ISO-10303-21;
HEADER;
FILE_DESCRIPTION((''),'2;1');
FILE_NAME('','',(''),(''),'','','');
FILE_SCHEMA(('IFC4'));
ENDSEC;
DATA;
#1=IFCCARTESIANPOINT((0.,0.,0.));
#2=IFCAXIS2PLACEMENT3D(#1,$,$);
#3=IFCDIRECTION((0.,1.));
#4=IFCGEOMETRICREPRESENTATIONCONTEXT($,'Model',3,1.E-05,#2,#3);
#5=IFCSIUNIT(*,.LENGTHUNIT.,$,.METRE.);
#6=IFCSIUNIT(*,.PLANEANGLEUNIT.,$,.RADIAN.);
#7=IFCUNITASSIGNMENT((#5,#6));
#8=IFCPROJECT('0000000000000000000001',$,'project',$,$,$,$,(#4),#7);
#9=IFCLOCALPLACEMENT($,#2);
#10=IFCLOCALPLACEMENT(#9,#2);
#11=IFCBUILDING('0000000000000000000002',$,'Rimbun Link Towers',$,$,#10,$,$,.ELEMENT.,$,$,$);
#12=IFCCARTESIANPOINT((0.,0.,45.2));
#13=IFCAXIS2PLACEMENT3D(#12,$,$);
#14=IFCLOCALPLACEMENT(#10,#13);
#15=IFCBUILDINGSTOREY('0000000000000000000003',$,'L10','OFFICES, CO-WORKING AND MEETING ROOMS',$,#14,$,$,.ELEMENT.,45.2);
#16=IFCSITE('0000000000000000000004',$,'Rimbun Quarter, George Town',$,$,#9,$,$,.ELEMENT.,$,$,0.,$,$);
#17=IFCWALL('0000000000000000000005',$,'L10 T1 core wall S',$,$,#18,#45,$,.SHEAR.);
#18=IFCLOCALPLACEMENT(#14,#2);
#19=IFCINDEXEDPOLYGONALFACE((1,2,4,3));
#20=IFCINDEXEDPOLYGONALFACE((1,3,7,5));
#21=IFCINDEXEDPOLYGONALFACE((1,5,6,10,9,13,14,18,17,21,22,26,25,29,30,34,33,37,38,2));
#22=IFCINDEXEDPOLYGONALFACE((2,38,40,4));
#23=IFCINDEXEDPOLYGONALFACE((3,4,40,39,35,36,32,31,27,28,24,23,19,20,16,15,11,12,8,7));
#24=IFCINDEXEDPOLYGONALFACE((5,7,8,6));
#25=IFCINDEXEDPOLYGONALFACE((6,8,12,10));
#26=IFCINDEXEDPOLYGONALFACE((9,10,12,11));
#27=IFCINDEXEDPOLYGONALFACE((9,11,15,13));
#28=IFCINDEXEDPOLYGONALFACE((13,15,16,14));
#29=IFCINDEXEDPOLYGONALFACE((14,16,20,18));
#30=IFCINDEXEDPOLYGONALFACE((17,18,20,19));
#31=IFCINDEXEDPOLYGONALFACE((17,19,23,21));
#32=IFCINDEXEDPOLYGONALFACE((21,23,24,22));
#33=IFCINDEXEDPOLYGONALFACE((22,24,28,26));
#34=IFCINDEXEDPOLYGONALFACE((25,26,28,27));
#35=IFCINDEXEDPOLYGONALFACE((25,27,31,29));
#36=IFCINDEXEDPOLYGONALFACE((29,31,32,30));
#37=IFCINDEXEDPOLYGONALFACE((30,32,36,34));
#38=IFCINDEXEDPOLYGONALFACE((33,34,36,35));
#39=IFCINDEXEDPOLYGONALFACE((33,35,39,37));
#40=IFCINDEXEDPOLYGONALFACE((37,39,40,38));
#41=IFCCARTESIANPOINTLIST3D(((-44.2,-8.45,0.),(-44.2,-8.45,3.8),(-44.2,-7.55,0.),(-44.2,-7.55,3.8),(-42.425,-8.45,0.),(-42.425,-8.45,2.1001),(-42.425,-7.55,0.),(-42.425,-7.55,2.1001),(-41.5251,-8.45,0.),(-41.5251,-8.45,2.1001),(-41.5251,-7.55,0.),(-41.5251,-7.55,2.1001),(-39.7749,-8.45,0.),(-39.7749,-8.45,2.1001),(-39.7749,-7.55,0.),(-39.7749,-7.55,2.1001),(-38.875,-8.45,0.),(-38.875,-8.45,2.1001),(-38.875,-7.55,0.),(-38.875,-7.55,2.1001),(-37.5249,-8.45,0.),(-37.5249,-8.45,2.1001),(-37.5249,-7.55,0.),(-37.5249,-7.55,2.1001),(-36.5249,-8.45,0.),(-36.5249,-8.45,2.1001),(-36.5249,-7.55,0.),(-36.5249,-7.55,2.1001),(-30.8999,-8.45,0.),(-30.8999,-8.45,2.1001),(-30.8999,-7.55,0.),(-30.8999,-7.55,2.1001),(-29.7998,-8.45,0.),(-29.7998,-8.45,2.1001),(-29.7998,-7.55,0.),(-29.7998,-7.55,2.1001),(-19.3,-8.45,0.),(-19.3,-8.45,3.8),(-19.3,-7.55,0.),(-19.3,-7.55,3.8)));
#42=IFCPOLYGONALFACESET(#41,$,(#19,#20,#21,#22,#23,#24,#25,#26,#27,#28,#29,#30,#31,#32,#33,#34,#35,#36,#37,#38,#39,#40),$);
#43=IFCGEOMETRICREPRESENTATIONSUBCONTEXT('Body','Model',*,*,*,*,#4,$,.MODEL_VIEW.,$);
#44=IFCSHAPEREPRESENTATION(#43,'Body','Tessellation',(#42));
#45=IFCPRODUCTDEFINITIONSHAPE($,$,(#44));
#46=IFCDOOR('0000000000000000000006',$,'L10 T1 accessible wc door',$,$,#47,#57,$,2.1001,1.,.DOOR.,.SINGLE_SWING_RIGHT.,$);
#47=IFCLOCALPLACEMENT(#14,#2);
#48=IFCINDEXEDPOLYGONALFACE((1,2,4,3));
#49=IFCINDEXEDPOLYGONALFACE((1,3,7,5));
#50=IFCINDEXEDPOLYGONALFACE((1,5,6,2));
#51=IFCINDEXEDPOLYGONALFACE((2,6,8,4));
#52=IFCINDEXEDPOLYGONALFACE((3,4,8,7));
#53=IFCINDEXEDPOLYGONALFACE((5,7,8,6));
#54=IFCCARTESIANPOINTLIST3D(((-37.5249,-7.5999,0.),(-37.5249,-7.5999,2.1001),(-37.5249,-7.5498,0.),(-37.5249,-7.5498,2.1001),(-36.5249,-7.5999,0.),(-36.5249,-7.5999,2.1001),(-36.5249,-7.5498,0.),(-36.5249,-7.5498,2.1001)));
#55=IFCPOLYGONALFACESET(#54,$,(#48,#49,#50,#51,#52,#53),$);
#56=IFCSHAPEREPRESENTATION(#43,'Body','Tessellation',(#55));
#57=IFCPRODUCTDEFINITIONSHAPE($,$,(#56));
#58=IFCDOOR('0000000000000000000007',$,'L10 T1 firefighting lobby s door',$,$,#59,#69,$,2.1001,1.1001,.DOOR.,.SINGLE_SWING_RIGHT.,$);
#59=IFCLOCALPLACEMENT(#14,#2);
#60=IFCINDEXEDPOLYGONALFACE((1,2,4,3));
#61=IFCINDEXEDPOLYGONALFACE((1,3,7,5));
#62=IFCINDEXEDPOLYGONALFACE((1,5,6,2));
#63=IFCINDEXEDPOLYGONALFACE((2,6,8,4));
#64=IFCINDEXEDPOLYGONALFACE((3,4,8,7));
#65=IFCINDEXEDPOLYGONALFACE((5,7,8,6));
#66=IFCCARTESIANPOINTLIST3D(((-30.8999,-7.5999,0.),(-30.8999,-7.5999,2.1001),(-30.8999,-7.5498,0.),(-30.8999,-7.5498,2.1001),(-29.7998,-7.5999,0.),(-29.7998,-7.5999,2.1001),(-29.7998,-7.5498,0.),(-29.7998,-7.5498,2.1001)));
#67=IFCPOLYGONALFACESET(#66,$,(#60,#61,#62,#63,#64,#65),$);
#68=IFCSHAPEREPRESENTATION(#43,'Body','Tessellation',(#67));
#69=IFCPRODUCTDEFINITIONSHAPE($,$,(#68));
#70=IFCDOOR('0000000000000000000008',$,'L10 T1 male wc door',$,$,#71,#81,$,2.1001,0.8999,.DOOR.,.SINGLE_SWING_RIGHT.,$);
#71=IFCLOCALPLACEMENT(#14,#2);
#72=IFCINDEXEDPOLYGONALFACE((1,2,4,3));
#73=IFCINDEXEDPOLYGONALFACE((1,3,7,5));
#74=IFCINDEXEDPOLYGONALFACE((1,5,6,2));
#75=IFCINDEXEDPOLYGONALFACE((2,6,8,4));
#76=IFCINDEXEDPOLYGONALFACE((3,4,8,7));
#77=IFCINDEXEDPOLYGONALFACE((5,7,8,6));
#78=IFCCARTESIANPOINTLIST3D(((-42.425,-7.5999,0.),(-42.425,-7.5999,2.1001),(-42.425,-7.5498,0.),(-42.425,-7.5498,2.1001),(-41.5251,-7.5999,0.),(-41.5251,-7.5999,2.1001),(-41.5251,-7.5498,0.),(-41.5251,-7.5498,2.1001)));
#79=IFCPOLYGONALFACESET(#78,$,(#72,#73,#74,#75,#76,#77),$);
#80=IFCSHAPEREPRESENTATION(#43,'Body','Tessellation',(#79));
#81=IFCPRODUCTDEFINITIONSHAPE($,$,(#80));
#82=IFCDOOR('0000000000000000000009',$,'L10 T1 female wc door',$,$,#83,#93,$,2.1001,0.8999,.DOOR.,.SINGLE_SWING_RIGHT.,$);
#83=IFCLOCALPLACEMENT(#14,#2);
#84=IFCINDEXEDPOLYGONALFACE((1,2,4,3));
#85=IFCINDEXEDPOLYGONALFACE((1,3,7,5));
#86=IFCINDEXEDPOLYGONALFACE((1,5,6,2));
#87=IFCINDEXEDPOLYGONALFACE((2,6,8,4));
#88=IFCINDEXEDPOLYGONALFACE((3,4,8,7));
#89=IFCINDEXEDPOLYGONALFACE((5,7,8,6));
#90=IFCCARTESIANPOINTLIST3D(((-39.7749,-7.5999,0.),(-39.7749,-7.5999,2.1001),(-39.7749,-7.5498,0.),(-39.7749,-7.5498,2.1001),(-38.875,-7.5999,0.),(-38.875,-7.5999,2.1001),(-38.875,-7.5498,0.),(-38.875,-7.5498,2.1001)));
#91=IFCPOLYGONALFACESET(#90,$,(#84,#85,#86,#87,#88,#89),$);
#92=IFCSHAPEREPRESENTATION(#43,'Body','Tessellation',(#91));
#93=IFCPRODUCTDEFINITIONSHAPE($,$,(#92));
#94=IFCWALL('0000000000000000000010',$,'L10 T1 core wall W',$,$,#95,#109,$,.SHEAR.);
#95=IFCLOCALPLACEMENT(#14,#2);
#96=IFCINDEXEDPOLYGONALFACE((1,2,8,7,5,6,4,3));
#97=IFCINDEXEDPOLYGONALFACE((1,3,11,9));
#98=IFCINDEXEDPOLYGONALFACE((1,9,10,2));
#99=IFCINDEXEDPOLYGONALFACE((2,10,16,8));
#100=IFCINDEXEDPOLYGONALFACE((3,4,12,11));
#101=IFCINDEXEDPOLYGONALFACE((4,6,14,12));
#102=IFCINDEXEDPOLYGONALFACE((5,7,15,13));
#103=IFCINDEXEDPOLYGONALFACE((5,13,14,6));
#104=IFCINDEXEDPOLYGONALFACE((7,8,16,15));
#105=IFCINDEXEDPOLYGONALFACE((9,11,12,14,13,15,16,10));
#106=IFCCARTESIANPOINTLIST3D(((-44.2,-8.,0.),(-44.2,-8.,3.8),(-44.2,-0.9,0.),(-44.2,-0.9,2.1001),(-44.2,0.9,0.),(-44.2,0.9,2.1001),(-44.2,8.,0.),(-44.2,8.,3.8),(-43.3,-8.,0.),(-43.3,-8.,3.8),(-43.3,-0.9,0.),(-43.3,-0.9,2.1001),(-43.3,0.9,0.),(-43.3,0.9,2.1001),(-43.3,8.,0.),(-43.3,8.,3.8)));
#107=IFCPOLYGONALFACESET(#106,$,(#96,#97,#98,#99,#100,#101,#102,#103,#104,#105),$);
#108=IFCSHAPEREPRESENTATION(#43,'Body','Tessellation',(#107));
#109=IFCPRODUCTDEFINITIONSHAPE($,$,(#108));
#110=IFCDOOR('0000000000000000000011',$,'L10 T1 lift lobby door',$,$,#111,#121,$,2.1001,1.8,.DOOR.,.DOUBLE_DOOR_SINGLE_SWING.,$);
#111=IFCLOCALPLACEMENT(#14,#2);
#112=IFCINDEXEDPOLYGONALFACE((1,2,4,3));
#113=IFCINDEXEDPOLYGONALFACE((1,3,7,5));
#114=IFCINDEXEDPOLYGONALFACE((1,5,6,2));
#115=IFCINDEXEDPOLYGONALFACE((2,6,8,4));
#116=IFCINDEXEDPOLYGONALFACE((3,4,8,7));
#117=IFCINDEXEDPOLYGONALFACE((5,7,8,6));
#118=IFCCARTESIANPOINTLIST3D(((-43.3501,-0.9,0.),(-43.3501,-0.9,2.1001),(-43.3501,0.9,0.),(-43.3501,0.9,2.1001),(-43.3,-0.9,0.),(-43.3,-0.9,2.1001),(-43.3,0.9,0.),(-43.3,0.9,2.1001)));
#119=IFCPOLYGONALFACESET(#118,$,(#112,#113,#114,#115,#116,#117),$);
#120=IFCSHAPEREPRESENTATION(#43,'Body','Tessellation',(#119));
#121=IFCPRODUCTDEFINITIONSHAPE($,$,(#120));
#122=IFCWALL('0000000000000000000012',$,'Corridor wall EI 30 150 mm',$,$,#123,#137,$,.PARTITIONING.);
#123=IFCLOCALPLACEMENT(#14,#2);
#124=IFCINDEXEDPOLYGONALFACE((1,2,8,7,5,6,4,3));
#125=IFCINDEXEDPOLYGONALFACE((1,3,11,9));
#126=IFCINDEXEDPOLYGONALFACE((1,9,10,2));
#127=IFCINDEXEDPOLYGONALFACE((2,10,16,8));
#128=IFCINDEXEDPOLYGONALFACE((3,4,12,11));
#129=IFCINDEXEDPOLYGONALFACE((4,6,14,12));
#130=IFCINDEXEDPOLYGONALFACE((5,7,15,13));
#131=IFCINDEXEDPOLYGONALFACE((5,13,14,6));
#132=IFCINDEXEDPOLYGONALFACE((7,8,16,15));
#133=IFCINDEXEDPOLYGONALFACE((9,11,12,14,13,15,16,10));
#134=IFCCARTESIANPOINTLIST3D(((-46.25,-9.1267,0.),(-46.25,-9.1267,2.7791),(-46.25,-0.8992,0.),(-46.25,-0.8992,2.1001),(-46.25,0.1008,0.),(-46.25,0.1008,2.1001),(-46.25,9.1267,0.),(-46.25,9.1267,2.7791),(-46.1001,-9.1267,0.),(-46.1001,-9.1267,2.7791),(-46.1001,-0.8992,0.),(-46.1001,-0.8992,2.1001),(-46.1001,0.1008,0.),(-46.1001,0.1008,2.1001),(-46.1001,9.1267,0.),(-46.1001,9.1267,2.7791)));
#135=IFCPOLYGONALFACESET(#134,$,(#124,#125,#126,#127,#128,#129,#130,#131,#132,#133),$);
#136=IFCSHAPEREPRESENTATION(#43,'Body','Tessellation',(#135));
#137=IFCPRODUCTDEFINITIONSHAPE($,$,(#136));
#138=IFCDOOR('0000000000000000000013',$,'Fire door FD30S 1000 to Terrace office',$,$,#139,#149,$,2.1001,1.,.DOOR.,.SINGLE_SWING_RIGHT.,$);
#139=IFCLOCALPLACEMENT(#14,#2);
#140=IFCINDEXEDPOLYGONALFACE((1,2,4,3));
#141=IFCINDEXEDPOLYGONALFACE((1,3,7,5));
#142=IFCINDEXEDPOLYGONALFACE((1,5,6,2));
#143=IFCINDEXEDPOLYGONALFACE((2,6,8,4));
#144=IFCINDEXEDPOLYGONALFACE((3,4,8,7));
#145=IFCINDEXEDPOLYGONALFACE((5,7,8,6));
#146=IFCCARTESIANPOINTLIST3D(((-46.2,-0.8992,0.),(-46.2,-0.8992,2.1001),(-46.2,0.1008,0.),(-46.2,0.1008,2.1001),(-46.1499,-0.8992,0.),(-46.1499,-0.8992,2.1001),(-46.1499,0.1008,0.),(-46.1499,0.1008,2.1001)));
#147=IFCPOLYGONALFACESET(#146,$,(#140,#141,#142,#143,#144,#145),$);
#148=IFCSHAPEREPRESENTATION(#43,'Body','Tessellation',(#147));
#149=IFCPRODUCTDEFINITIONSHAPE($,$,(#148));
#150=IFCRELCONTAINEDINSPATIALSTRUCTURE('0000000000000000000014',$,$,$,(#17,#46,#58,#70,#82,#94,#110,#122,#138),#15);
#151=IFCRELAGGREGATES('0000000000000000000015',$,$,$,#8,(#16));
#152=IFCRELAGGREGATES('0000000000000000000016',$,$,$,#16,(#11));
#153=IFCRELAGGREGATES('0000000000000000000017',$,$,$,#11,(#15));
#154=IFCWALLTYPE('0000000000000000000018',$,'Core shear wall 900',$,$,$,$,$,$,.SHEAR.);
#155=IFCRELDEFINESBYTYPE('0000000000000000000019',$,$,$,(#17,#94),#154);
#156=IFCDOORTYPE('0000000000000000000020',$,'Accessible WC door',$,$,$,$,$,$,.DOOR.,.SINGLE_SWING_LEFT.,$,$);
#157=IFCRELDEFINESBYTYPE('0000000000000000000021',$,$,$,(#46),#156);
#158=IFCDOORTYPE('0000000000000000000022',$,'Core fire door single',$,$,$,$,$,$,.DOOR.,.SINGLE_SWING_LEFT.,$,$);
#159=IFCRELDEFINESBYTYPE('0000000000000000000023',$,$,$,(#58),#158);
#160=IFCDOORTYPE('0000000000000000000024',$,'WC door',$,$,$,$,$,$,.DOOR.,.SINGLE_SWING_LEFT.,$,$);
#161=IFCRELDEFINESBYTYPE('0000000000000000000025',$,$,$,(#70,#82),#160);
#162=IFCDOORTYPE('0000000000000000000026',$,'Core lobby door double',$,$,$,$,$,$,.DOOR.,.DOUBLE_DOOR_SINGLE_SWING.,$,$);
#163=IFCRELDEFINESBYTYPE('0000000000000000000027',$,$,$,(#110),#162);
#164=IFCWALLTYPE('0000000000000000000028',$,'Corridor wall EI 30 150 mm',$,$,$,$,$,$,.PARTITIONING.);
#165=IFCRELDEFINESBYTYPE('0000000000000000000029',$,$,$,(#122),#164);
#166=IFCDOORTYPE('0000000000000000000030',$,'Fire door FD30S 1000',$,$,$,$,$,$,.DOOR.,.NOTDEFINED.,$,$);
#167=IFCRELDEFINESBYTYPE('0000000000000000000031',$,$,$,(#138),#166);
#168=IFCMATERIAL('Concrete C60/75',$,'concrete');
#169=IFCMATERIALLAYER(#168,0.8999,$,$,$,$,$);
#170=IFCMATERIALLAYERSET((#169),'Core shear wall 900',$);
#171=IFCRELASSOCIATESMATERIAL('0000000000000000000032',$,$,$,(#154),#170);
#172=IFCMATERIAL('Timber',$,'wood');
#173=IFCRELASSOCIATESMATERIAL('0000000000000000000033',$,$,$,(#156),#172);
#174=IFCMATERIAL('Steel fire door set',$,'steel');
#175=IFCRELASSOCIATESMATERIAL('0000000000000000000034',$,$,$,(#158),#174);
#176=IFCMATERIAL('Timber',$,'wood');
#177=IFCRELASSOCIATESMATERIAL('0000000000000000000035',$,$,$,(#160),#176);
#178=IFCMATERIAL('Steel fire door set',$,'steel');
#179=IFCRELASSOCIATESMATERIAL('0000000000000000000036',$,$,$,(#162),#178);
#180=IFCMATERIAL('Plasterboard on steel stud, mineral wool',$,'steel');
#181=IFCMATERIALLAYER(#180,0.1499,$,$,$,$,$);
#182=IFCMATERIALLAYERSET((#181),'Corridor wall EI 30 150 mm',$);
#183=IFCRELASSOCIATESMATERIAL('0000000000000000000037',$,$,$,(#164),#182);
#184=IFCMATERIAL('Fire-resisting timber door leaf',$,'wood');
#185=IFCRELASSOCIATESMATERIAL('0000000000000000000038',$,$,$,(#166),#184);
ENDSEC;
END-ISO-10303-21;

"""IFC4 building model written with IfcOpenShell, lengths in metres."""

from ifc_helpers import new_model, si_unit, direction, frame, frame_2d, origin, place, context, subcontext, project, spatial, rectangle, extrude, material, layer, layer_set, type_object, element, fill, save


model = new_model("IFC4")

# Units and contexts
model_context = context("Model", 3, precision=1e-05, world=origin(), true_north=direction((0.0, 1.0)))
body_context = subcontext(model_context, "Body", "Model", "MODEL_VIEW")
ifc_project = project(units=[si_unit("LENGTHUNIT", "METRE"), si_unit("PLANEANGLEUNIT", "RADIAN")], contexts=[model_context])

# Site, building, storey
site_placement = place(None, origin())
site = spatial("IfcSite", under=ifc_project, at=site_placement, Name="Rimbun Quarter, George Town", CompositionType="ELEMENT", RefElevation=0.0)
building_placement = place(site_placement, origin())
building = spatial("IfcBuilding", under=site, at=building_placement, Name="Rimbun Link Towers", CompositionType="ELEMENT")
storey_placement = place(building_placement, frame((0.0, 0.0, 45.2)))
storey = spatial("IfcBuildingStorey", under=building, at=storey_placement, Name="L10", Description="OFFICES, CO-WORKING AND MEETING ROOMS", CompositionType="ELEMENT", Elevation=45.2)

# Wall, openings, doors
ifc_material_1 = material(Name="Concrete C60/75", Category="concrete")
ifc_layer_1 = layer(ifc_material_1, 0.8999)
ifc_layer_set_1 = layer_set([ifc_layer_1], Name="Core shear wall 900")
wall_type_1 = type_object("IfcWallType", Name="Core shear wall 900", PredefinedType="SHEAR", material=ifc_layer_set_1)
wall_1_placement = place(storey_placement, frame((-44.2, -8.0, 0.0), z_axis=(0.0, 0.0, 1.0), x_axis=(1.0, 0.0, 0.0)))
wall_1 = element("IfcWall", 1, at=wall_1_placement, inside=storey, type_object=wall_type_1, Name="L10 T1 core wall S", PredefinedType="SHEAR", context=body_context, shape_type="SweptSolid", body=[
    extrude(rectangle(XDim=24.8999, YDim=0.8999, at=frame_2d((12.45, 0.0))), origin(), (0.0, 0.0, 1.0), 3.8),
])
opening_1_placement = place(wall_1_placement, frame((13.3, 0.0, 0.0)))
opening_1 = element("IfcOpeningElement", 2, at=opening_1_placement, cuts=wall_1, PredefinedType="OPENING", context=body_context, shape_type="SweptSolid", body=[
    extrude(rectangle(XDim=1.1001, YDim=2.1001, at=frame_2d((0.55, 1.05))), frame((0.0, 0.46, 0.0), z_axis=(0.0, -1.0, 0.0), x_axis=(1.0, 0.0, 0.0)), (0.0, 0.0, 1.0), 0.9199),
])
opening_2_placement = place(wall_1_placement, frame((1.7749, 0.0, 0.0)))
opening_2 = element("IfcOpeningElement", 3, at=opening_2_placement, cuts=wall_1, PredefinedType="OPENING", context=body_context, shape_type="SweptSolid", body=[
    extrude(rectangle(XDim=0.8999, YDim=2.1001, at=frame_2d((0.45, 1.05))), frame((0.0, 0.46, 0.0), z_axis=(0.0, -1.0, 0.0), x_axis=(1.0, 0.0, 0.0)), (0.0, 0.0, 1.0), 0.9199),
])
opening_3_placement = place(wall_1_placement, frame((4.425, 0.0, 0.0)))
opening_3 = element("IfcOpeningElement", 4, at=opening_3_placement, cuts=wall_1, PredefinedType="OPENING", context=body_context, shape_type="SweptSolid", body=[
    extrude(rectangle(XDim=0.8999, YDim=2.1001, at=frame_2d((0.45, 1.05))), frame((0.0, 0.46, 0.0), z_axis=(0.0, -1.0, 0.0), x_axis=(1.0, 0.0, 0.0)), (0.0, 0.0, 1.0), 0.9199),
])
opening_4_placement = place(wall_1_placement, frame((6.675, 0.0, 0.0)))
opening_4 = element("IfcOpeningElement", 5, at=opening_4_placement, cuts=wall_1, PredefinedType="OPENING", context=body_context, shape_type="SweptSolid", body=[
    extrude(rectangle(XDim=1.0, YDim=2.1001, at=frame_2d((0.5, 1.05))), frame((0.0, 0.46, 0.0), z_axis=(0.0, -1.0, 0.0), x_axis=(1.0, 0.0, 0.0)), (0.0, 0.0, 1.0), 0.9199),
])
ifc_material_2 = material(Name="Timber", Category="wood")
door_type_1 = type_object("IfcDoorType", Name="Accessible WC door", OperationType="SINGLE_SWING_LEFT", PredefinedType="DOOR", material=ifc_material_2)
door_1_placement = place(opening_4_placement, origin())
door_1 = element("IfcDoor", 6, at=door_1_placement, inside=storey, type_object=door_type_1, Name="L10 T1 accessible wc door", OperationType="SINGLE_SWING_RIGHT", OverallHeight=2.1001, OverallWidth=1.0, PredefinedType="DOOR", context=body_context, shape_type="SweptSolid", body=[
    extrude(rectangle(XDim=1.0, YDim=2.1001, at=frame_2d((0.5, 1.05))), frame((0.0, 0.4502, 0.0), z_axis=(0.0, -1.0, 0.0), x_axis=(1.0, 0.0, 0.0)), (0.0, 0.0, 1.0), 0.05),
])
fill(opening_4, door_1)
ifc_material_3 = material(Name="Steel fire door set", Category="steel")
door_type_2 = type_object("IfcDoorType", Name="Core fire door single", OperationType="SINGLE_SWING_LEFT", PredefinedType="DOOR", material=ifc_material_3)
door_2_placement = place(opening_1_placement, origin())
door_2 = element("IfcDoor", 7, at=door_2_placement, inside=storey, type_object=door_type_2, Name="L10 T1 firefighting lobby s door", OperationType="SINGLE_SWING_RIGHT", OverallHeight=2.1001, OverallWidth=1.1001, PredefinedType="DOOR", context=body_context, shape_type="SweptSolid", body=[
    extrude(rectangle(XDim=1.1001, YDim=2.1001, at=frame_2d((0.55, 1.05))), frame((0.0, 0.4502, 0.0), z_axis=(0.0, -1.0, 0.0), x_axis=(1.0, 0.0, 0.0)), (0.0, 0.0, 1.0), 0.05),
])
fill(opening_1, door_2)
ifc_material_4 = material(Name="Timber", Category="wood")
door_type_3 = type_object("IfcDoorType", Name="WC door", OperationType="SINGLE_SWING_LEFT", PredefinedType="DOOR", material=ifc_material_4)
door_3_placement = place(opening_2_placement, origin())
door_3 = element("IfcDoor", 8, at=door_3_placement, inside=storey, type_object=door_type_3, Name="L10 T1 male wc door", OperationType="SINGLE_SWING_RIGHT", OverallHeight=2.1001, OverallWidth=0.8999, PredefinedType="DOOR", context=body_context, shape_type="SweptSolid", body=[
    extrude(rectangle(XDim=0.8999, YDim=2.1001, at=frame_2d((0.45, 1.05))), frame((0.0, 0.4502, 0.0), z_axis=(0.0, -1.0, 0.0), x_axis=(1.0, 0.0, 0.0)), (0.0, 0.0, 1.0), 0.05),
])
fill(opening_2, door_3)
door_4_placement = place(opening_3_placement, origin())
door_4 = element("IfcDoor", 9, at=door_4_placement, inside=storey, type_object=door_type_3, Name="L10 T1 female wc door", OperationType="SINGLE_SWING_RIGHT", OverallHeight=2.1001, OverallWidth=0.8999, PredefinedType="DOOR", context=body_context, shape_type="SweptSolid", body=[
    extrude(rectangle(XDim=0.8999, YDim=2.1001, at=frame_2d((0.45, 1.05))), frame((0.0, 0.4502, 0.0), z_axis=(0.0, -1.0, 0.0), x_axis=(1.0, 0.0, 0.0)), (0.0, 0.0, 1.0), 0.05),
])
fill(opening_3, door_4)

# Walls, openings, doors
wall_2_placement = place(storey_placement, frame((-43.75, -8.0, 0.0), z_axis=(0.0, 0.0, 1.0), x_axis=(0.0, 1.0, 0.0)))
wall_2 = element("IfcWall", 10, at=wall_2_placement, inside=storey, type_object=wall_type_1, Name="L10 T1 core wall W", PredefinedType="SHEAR", context=body_context, shape_type="SweptSolid", body=[
    extrude(rectangle(XDim=16.0, YDim=0.8999, at=frame_2d((8.0, 0.0))), origin(), (0.0, 0.0, 1.0), 3.8),
])
opening_5_placement = place(wall_2_placement, frame((7.1001, 0.0, 0.0)))
opening_5 = element("IfcOpeningElement", 11, at=opening_5_placement, cuts=wall_2, PredefinedType="OPENING", context=body_context, shape_type="SweptSolid", body=[
    extrude(rectangle(XDim=1.8, YDim=2.1001, at=frame_2d((0.8999, 1.05))), frame((0.0, 0.46, 0.0), z_axis=(0.0, -1.0, 0.0), x_axis=(1.0, 0.0, 0.0)), (0.0, 0.0, 1.0), 0.9199),
])
ifc_material_5 = material(Name="Steel fire door set", Category="steel")
door_type_4 = type_object("IfcDoorType", Name="Core lobby door double", OperationType="DOUBLE_DOOR_SINGLE_SWING", PredefinedType="DOOR", material=ifc_material_5)
door_5_placement = place(opening_5_placement, origin())
door_5 = element("IfcDoor", 12, at=door_5_placement, inside=storey, type_object=door_type_4, Name="L10 T1 lift lobby door", OperationType="DOUBLE_DOOR_SINGLE_SWING", OverallHeight=2.1001, OverallWidth=1.8, PredefinedType="DOOR", context=body_context, shape_type="SweptSolid", body=[
    extrude(rectangle(XDim=1.8, YDim=2.1001, at=frame_2d((0.8999, 1.05))), frame((0.0, -0.3999, 0.0), z_axis=(0.0, -1.0, 0.0), x_axis=(1.0, 0.0, 0.0)), (0.0, 0.0, 1.0), 0.05),
])
fill(opening_5, door_5)
ifc_material_6 = material(Name="Plasterboard on steel stud, mineral wool", Category="steel")
ifc_layer_2 = layer(ifc_material_6, 0.1499)
ifc_layer_set_2 = layer_set([ifc_layer_2], Name="Corridor wall EI 30 150 mm")
wall_type_2 = type_object("IfcWallType", Name="Corridor wall EI 30 150 mm", PredefinedType="PARTITIONING", material=ifc_layer_set_2)
wall_3_placement = place(storey_placement, frame((-46.175, -9.1267, 0.0), z_axis=(0.0, 0.0, 1.0), x_axis=(0.0, 1.0, 0.0)))
wall_3 = element("IfcWall", 13, at=wall_3_placement, inside=storey, type_object=wall_type_2, Name="Corridor wall EI 30 150 mm", PredefinedType="PARTITIONING", context=body_context, shape_type="SweptSolid", body=[
    extrude(rectangle(XDim=18.2534, YDim=0.1499, at=frame_2d((9.1267, 0.0))), origin(), (0.0, 0.0, 1.0), 2.7791),
])
opening_6_placement = place(wall_3_placement, frame((8.2275, 0.0, 0.0)))
opening_6 = element("IfcOpeningElement", 14, at=opening_6_placement, cuts=wall_3, PredefinedType="OPENING", context=body_context, shape_type="SweptSolid", body=[
    extrude(rectangle(XDim=1.0, YDim=2.1001, at=frame_2d((0.5, 1.05))), frame((0.0, 0.085, 0.0), z_axis=(0.0, -1.0, 0.0), x_axis=(1.0, 0.0, 0.0)), (0.0, 0.0, 1.0), 0.1699),
])
ifc_material_7 = material(Name="Fire-resisting timber door leaf", Category="wood")
door_type_5 = type_object("IfcDoorType", Name="Fire door FD30S 1000", OperationType="NOTDEFINED", PredefinedType="DOOR", material=ifc_material_7)
door_6_placement = place(opening_6_placement, origin())
door_6 = element("IfcDoor", 15, at=door_6_placement, inside=storey, type_object=door_type_5, Name="Fire door FD30S 1000 to Terrace office", OperationType="SINGLE_SWING_RIGHT", OverallHeight=2.1001, OverallWidth=1.0, PredefinedType="DOOR", context=body_context, shape_type="SweptSolid", body=[
    extrude(rectangle(XDim=1.0, YDim=2.1001, at=frame_2d((0.5, 1.05))), frame((0.0, 0.0249, 0.0), z_axis=(0.0, -1.0, 0.0), x_axis=(1.0, 0.0, 0.0)), (0.0, 0.0, 1.0), 0.05),
])
fill(opening_6, door_6)

save(model, "model.ifc")
